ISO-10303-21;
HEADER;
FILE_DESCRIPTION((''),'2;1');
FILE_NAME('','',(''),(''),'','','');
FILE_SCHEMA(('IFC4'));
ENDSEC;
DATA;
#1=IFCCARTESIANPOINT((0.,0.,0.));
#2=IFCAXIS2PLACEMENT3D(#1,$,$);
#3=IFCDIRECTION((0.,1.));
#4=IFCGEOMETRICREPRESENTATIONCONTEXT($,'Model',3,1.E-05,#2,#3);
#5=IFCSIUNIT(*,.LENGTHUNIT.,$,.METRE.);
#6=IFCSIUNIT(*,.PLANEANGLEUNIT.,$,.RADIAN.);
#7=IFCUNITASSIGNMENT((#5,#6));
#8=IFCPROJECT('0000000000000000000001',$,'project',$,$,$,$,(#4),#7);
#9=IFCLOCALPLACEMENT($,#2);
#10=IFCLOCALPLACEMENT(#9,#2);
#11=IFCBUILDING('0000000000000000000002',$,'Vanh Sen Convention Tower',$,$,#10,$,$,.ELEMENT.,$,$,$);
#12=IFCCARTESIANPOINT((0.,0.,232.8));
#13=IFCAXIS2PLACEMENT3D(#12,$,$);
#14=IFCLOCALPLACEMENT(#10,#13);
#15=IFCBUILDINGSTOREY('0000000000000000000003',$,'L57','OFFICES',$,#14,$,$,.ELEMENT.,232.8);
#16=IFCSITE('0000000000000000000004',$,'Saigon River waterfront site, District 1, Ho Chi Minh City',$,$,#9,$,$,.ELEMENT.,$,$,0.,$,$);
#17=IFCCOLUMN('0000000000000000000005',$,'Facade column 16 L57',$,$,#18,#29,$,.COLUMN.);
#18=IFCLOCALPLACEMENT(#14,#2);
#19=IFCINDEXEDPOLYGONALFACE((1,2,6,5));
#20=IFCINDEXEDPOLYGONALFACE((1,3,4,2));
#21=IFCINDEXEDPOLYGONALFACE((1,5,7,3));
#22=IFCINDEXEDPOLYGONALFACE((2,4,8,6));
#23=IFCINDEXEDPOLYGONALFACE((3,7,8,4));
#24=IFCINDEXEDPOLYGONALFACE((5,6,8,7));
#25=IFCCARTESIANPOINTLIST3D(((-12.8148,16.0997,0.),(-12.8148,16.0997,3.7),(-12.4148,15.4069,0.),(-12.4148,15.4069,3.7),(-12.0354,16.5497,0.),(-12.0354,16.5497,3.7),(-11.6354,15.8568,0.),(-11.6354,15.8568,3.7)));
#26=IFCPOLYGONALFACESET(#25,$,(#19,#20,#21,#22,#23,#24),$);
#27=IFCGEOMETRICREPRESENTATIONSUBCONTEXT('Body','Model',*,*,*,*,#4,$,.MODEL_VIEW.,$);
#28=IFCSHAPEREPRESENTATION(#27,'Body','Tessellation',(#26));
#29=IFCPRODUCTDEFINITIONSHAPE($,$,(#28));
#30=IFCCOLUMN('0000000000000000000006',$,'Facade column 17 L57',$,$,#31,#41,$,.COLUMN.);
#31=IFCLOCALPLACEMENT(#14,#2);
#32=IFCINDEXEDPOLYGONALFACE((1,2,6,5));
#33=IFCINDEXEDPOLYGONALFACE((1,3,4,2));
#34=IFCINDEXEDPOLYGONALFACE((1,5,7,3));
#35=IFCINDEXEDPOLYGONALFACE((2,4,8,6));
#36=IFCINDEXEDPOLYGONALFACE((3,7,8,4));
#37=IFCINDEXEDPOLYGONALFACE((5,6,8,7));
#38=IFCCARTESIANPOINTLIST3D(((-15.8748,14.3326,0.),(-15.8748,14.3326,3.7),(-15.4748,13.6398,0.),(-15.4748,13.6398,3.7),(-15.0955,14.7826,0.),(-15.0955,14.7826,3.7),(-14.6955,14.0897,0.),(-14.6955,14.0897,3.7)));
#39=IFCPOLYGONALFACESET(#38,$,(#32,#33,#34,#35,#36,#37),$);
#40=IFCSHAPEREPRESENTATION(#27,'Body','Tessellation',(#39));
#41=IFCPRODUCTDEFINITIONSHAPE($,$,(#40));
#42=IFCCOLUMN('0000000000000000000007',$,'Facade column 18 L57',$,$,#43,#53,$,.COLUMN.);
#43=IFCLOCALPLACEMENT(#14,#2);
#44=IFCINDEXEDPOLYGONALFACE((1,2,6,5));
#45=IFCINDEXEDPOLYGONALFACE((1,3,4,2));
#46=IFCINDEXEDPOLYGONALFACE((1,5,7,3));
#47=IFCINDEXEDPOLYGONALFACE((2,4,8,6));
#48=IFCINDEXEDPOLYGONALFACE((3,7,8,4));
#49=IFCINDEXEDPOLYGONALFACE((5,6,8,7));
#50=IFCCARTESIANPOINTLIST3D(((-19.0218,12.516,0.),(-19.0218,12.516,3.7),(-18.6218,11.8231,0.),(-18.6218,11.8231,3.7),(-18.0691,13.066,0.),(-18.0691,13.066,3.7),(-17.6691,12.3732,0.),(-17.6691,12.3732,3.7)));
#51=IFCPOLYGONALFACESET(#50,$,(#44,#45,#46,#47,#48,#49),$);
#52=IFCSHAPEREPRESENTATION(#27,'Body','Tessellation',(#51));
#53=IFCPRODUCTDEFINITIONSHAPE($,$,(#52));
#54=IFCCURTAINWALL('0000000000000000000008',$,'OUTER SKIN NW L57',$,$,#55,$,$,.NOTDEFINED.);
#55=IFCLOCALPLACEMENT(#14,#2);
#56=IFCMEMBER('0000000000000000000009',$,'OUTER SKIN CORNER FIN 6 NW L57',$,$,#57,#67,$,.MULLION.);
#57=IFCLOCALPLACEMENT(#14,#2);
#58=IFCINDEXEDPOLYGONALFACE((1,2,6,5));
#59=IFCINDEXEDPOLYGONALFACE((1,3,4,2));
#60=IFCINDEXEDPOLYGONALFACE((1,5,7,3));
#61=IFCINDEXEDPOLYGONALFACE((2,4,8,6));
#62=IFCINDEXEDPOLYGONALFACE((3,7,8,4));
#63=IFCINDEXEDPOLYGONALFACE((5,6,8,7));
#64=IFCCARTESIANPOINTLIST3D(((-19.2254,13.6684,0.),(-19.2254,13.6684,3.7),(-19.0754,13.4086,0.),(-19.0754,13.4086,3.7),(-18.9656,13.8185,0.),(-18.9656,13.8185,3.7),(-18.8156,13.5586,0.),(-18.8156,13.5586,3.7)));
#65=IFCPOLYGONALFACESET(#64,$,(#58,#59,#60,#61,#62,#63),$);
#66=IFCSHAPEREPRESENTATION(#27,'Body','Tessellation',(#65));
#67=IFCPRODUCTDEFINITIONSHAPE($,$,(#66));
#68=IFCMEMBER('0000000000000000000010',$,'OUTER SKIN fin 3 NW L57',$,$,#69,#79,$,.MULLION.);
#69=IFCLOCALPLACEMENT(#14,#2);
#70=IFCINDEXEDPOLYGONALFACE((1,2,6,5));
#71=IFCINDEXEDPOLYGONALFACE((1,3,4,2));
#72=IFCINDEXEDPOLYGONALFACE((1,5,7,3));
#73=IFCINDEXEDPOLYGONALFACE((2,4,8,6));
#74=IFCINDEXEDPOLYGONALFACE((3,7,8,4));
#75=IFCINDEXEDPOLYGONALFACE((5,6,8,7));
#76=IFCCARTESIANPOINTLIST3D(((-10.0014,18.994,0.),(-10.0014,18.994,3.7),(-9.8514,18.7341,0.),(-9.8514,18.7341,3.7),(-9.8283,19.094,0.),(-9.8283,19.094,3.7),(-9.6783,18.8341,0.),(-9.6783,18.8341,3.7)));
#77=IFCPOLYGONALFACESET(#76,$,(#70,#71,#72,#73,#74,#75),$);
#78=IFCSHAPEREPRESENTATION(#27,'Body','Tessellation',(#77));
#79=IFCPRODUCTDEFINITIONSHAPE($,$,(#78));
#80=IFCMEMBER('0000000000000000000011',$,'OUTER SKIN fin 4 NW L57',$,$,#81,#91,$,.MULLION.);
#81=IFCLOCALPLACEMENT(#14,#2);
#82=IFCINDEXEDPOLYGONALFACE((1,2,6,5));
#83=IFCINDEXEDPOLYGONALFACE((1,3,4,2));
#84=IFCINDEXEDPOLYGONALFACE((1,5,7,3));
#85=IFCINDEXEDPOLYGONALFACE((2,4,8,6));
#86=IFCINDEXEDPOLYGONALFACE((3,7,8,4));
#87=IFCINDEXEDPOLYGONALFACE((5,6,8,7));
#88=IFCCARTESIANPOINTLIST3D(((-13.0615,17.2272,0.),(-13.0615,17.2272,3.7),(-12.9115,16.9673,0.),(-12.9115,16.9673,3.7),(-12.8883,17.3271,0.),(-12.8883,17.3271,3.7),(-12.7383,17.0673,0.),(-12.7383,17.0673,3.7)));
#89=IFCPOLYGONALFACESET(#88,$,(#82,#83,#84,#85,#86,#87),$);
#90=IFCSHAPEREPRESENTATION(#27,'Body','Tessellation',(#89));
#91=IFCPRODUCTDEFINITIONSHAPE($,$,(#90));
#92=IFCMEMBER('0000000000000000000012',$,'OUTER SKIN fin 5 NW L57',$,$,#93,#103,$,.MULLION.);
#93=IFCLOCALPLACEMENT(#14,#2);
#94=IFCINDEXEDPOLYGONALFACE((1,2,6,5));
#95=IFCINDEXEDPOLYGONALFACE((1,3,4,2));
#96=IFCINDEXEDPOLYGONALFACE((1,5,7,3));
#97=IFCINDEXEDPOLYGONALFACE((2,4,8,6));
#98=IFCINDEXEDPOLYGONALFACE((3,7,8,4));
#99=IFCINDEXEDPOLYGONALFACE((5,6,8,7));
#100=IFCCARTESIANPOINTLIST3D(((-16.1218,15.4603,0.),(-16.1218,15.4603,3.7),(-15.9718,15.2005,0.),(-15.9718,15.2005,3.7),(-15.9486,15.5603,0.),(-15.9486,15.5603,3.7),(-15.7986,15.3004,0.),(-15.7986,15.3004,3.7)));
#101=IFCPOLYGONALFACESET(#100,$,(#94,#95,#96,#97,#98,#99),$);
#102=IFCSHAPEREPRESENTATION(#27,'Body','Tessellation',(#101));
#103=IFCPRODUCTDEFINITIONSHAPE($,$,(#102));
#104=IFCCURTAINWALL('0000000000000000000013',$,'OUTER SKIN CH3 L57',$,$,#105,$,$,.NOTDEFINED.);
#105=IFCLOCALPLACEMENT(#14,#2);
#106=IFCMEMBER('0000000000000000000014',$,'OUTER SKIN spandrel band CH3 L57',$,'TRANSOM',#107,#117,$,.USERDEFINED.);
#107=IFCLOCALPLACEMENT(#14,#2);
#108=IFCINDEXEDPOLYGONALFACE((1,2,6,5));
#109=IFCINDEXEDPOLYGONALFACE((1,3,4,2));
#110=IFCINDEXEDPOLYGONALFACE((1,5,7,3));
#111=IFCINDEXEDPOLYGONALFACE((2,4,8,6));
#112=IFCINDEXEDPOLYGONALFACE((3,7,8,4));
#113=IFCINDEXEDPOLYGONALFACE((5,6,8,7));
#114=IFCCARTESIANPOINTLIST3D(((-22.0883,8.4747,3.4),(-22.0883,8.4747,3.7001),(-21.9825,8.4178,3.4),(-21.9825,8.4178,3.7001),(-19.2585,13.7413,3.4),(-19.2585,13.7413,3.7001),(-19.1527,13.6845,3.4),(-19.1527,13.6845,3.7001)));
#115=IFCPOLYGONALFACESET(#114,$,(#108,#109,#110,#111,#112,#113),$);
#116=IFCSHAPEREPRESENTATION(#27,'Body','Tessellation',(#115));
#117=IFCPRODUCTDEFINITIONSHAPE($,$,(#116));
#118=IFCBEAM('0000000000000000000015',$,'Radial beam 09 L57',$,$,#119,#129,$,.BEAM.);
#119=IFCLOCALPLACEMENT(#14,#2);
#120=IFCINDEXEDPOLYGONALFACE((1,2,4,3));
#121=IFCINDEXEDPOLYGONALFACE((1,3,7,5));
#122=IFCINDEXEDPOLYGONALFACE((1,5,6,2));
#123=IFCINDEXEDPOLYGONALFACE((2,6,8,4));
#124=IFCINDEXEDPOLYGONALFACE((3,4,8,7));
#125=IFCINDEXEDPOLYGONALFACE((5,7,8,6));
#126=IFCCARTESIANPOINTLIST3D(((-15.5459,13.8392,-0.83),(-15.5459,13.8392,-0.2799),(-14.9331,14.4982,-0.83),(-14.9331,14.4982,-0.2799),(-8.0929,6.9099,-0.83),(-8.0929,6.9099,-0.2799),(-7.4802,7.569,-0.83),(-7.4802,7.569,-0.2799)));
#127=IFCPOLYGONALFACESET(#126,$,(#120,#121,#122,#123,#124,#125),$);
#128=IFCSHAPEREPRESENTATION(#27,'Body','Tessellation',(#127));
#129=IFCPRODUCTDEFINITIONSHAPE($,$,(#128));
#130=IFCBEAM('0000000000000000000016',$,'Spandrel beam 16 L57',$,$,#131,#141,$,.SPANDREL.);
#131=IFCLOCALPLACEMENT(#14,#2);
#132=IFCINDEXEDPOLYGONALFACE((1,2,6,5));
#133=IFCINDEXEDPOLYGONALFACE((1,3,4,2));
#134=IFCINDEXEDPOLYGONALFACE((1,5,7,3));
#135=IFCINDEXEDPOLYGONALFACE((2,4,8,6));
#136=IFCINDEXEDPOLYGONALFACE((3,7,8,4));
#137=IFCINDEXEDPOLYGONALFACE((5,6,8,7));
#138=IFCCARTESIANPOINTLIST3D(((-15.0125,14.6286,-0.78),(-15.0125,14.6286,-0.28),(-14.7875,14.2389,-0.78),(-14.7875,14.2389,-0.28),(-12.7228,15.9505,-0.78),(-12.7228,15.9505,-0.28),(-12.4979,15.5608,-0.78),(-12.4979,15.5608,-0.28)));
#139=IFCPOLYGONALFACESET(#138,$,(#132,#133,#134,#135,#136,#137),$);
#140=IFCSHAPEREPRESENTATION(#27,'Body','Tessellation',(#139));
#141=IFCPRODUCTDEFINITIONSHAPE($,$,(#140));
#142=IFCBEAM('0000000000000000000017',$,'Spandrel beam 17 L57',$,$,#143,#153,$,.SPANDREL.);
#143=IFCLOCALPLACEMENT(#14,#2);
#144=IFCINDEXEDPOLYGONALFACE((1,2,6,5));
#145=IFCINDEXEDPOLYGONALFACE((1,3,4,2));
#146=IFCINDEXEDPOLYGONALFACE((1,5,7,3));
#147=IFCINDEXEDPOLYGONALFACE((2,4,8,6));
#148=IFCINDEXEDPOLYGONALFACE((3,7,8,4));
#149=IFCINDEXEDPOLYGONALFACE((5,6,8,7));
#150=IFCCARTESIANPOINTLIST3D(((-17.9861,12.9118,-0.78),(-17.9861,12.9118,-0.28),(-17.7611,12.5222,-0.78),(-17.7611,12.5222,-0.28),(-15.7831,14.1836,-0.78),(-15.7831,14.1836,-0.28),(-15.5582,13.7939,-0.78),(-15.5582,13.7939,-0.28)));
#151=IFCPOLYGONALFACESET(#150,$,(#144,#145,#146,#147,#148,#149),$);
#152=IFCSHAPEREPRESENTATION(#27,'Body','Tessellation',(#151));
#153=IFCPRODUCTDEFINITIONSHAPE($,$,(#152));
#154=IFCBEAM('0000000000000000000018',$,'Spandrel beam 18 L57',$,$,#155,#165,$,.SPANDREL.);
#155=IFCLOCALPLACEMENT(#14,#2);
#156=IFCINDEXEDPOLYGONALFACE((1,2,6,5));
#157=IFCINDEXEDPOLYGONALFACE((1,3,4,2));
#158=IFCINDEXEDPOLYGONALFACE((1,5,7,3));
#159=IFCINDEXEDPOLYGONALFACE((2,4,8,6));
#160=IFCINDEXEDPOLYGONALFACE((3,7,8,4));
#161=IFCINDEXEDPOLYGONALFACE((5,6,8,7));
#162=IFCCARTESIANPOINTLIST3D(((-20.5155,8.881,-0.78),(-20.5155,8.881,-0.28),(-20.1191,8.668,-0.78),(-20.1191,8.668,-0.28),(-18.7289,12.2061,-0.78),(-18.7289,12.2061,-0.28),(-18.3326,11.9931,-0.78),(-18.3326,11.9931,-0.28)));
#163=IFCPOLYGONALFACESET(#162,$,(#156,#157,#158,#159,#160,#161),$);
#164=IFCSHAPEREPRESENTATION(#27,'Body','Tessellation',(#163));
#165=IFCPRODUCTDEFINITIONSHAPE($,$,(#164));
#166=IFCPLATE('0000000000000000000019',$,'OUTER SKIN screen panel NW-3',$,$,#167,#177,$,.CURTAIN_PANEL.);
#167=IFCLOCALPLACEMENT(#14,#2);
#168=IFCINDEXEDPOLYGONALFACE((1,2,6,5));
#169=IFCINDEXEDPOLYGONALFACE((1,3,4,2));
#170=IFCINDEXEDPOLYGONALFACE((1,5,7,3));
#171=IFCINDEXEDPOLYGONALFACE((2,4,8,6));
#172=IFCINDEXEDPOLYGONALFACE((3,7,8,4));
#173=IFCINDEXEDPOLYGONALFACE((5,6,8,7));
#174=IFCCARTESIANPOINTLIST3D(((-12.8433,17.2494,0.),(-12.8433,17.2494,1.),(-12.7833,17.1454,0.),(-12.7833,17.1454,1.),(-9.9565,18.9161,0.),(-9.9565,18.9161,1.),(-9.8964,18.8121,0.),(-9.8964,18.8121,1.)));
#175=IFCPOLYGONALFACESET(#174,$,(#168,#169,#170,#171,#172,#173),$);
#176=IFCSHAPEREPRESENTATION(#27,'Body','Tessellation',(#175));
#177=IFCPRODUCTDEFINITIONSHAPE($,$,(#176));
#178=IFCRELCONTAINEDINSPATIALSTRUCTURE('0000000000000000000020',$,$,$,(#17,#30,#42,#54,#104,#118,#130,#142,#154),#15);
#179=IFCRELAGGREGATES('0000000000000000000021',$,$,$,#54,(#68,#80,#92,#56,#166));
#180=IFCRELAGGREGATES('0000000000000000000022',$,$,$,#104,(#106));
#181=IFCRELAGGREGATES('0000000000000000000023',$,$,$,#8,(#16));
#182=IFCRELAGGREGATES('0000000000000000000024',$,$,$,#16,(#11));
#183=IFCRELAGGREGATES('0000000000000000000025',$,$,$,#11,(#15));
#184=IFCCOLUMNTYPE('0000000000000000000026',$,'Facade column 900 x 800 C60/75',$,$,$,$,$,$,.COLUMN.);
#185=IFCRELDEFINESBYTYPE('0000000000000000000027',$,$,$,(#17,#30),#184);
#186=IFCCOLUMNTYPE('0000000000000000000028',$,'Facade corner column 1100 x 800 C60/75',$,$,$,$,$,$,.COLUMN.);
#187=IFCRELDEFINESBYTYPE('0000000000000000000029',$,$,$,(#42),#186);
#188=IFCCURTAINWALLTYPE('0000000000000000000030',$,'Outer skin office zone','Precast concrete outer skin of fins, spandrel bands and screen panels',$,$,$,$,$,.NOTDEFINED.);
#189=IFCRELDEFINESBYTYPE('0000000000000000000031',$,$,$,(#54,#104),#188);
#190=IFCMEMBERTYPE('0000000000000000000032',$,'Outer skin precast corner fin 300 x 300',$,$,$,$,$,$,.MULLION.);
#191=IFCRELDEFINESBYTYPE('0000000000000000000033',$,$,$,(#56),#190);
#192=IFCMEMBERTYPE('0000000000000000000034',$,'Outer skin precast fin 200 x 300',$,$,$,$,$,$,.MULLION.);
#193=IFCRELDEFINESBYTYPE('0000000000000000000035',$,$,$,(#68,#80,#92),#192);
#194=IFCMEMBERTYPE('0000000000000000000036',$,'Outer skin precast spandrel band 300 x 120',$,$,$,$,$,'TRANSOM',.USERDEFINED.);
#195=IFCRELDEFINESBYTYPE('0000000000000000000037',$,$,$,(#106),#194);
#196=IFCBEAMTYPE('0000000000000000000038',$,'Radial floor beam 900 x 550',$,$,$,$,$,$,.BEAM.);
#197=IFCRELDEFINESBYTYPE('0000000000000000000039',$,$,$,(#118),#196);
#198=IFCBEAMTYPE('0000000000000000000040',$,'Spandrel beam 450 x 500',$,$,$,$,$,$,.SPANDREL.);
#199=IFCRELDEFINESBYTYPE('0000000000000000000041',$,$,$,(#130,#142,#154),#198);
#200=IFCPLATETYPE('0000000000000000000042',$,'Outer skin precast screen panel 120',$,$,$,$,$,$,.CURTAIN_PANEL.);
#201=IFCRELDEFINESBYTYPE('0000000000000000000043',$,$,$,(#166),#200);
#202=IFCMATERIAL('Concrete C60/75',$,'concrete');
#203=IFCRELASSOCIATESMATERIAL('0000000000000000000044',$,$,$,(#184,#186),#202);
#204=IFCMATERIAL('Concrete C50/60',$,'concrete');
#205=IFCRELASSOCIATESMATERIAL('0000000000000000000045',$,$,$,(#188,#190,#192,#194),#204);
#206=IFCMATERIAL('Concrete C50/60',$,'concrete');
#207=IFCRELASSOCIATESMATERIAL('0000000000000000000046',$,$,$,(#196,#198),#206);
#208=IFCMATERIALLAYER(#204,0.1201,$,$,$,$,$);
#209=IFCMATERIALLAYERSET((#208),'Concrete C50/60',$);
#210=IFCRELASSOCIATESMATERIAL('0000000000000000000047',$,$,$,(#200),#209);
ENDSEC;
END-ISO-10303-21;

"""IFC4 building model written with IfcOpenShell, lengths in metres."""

from ifc_helpers import new_model, si_unit, direction, frame, origin, origin_2d, place, context, subcontext, project, spatial, rectangle, extrude, material, layer, layer_set, material_profile, profile_set, type_object, element, aggregate, save


model = new_model("IFC4")

# Units and contexts
model_context = context("Model", 3, precision=1e-05, world=origin(), true_north=direction((0.0, 1.0)))
body_context = subcontext(model_context, "Body", "Model", "MODEL_VIEW")
ifc_project = project(units=[si_unit("LENGTHUNIT", "METRE"), si_unit("PLANEANGLEUNIT", "RADIAN")], contexts=[model_context])

# Site, building, storey
site_placement = place(None, origin())
site = spatial("IfcSite", under=ifc_project, at=site_placement, Name="Saigon River waterfront site, District 1, Ho Chi Minh City", CompositionType="ELEMENT", RefElevation=0.0)
building_placement = place(site_placement, origin())
building = spatial("IfcBuilding", under=site, at=building_placement, Name="Vanh Sen Convention Tower", CompositionType="ELEMENT")
storey_placement = place(building_placement, frame((0.0, 0.0, 232.8)))
storey = spatial("IfcBuildingStorey", under=building, at=storey_placement, Name="L57", Description="OFFICES", CompositionType="ELEMENT", Elevation=232.8)

# Columns
ifc_material_1 = material(Name="Concrete C60/75", Category="concrete")
ifc_material_profile_1 = material_profile(ifc_material_1, rectangle(XDim=0.8999, YDim=0.8, at=origin_2d()), Name="RC 900X800")
ifc_profile_set_1 = profile_set([ifc_material_profile_1], Name="Concrete C60/75")
column_type_1 = type_object("IfcColumnType", Name="Facade column 900 x 800 C60/75", PredefinedType="COLUMN", material=ifc_profile_set_1)
for number, where, z_axis, x_axis, name in (
    (1, (-12.2251, 15.9783, 0.0), (0.0, 0.0, 1.0), (-0.866025, -0.5, 0.0), "Facade column 16 L57"),
    (2, (-15.2852, 14.2112, 0.0), (0.0, 0.0, 1.0), (-0.866025, -0.5, 0.0), "Facade column 17 L57"),
):
    element("IfcColumn", number, at=place(storey_placement, frame(where, z_axis=z_axis, x_axis=x_axis)), inside=storey, type_object=column_type_1, Name=name, PredefinedType="COLUMN", context=body_context, shape_type="SweptSolid", body=[
        extrude(rectangle(XDim=0.8999, YDim=0.8, at=origin_2d()), origin(), (0.0, 0.0, 1.0), 3.7),
    ])
ifc_material_profile_2 = material_profile(ifc_material_1, rectangle(XDim=1.1001, YDim=0.8, at=origin_2d()), Name="RC 1100X800")
ifc_profile_set_2 = profile_set([ifc_material_profile_2], Name="Concrete C60/75")
column_type_2 = type_object("IfcColumnType", Name="Facade corner column 1100 x 800 C60/75", PredefinedType="COLUMN", material=ifc_profile_set_2)
column_placement = place(storey_placement, frame((-18.3455, 12.4446, 0.0), z_axis=(0.0, 0.0, 1.0), x_axis=(-0.866025, -0.5, 0.0)))
element("IfcColumn", 3, at=column_placement, inside=storey, type_object=column_type_2, Name="Facade column 18 L57", PredefinedType="COLUMN", context=body_context, shape_type="SweptSolid", body=[
    extrude(rectangle(XDim=1.1001, YDim=0.8, at=origin_2d()), origin(), (0.0, 0.0, 1.0), 3.7),
])

# Curtain wall, members
ifc_material_2 = material(Name="Concrete C50/60", Category="concrete")
curtain_wall_type = type_object("IfcCurtainWallType", Name="Outer skin office zone", Description="Precast concrete outer skin of fins, spandrel bands and screen panels", PredefinedType="NOTDEFINED", material=ifc_material_2)
curtain_wall_1_placement = place(storey_placement, origin())
curtain_wall_1 = element("IfcCurtainWall", 4, at=curtain_wall_1_placement, inside=storey, type_object=curtain_wall_type, Name="OUTER SKIN NW L57", PredefinedType="NOTDEFINED")
ifc_material_profile_3 = material_profile(ifc_material_2, rectangle(XDim=0.3, YDim=0.3, at=origin_2d()), Name="Outer skin precast corner fin 300 x 300")
ifc_profile_set_3 = profile_set([ifc_material_profile_3], Name="Concrete C50/60")
member_type_1 = type_object("IfcMemberType", Name="Outer skin precast corner fin 300 x 300", PredefinedType="MULLION", material=ifc_profile_set_3)
member_1_placement = place(storey_placement, frame((-19.0205, 13.6135, 0.0), z_axis=(0.0, 0.0, 1.0), x_axis=(-0.866025, -0.5, 0.0)))
member_1 = element("IfcMember", 5, at=member_1_placement, type_object=member_type_1, Name="OUTER SKIN CORNER FIN 6 NW L57", PredefinedType="MULLION", context=body_context, shape_type="SweptSolid", body=[
    extrude(rectangle(XDim=0.3, YDim=0.3, at=origin_2d()), origin(), (0.0, 0.0, 1.0), 3.7),
])
ifc_material_profile_4 = material_profile(ifc_material_2, rectangle(XDim=0.2, YDim=0.3, at=origin_2d()), Name="Outer skin precast fin 200 x 300")
ifc_profile_set_4 = profile_set([ifc_material_profile_4], Name="Concrete C50/60")
member_type_2 = type_object("IfcMemberType", Name="Outer skin precast fin 200 x 300", PredefinedType="MULLION", material=ifc_profile_set_4)
member_2_placement = place(storey_placement, frame((-9.8398, 18.9141, 0.0), z_axis=(0.0, 0.0, 1.0), x_axis=(-0.866025, -0.5, 0.0)))
member_2 = element("IfcMember", 6, at=member_2_placement, type_object=member_type_2, Name="OUTER SKIN fin 3 NW L57", PredefinedType="MULLION", context=body_context, shape_type="SweptSolid", body=[
    extrude(rectangle(XDim=0.2, YDim=0.3, at=origin_2d()), origin(), (0.0, 0.0, 1.0), 3.7),
])
member_3_placement = place(storey_placement, frame((-12.8999, 17.1472, 0.0), z_axis=(0.0, 0.0, 1.0), x_axis=(-0.866025, -0.5, 0.0)))
member_3 = element("IfcMember", 7, at=member_3_placement, type_object=member_type_2, Name="OUTER SKIN fin 4 NW L57", PredefinedType="MULLION", context=body_context, shape_type="SweptSolid", body=[
    extrude(rectangle(XDim=0.2, YDim=0.3, at=origin_2d()), origin(), (0.0, 0.0, 1.0), 3.7),
])
member_4_placement = place(storey_placement, frame((-15.9602, 15.3804, 0.0), z_axis=(0.0, 0.0, 1.0), x_axis=(-0.866025, -0.5, 0.0)))
member_4 = element("IfcMember", 8, at=member_4_placement, type_object=member_type_2, Name="OUTER SKIN fin 5 NW L57", PredefinedType="MULLION", context=body_context, shape_type="SweptSolid", body=[
    extrude(rectangle(XDim=0.2, YDim=0.3, at=origin_2d()), origin(), (0.0, 0.0, 1.0), 3.7),
])

# Curtain wall, member
curtain_wall_2_placement = place(storey_placement, origin())
curtain_wall_2 = element("IfcCurtainWall", 9, at=curtain_wall_2_placement, inside=storey, type_object=curtain_wall_type, Name="OUTER SKIN CH3 L57", PredefinedType="NOTDEFINED")
ifc_material_profile_5 = material_profile(ifc_material_2, rectangle(XDim=0.1201, YDim=0.3, at=origin_2d()), Name="Outer skin precast spandrel band 300 x 120")
ifc_profile_set_5 = profile_set([ifc_material_profile_5], Name="Concrete C50/60")
member_type_3 = type_object("IfcMemberType", Name="Outer skin precast spandrel band 300 x 120", ElementType="TRANSOM", PredefinedType="USERDEFINED", material=ifc_profile_set_5)
member_5_placement = place(storey_placement, frame((-19.2056, 13.7129, 3.55), z_axis=(-0.473318, -0.880892, 0.0), x_axis=(0.880892, -0.473318, 0.0)))
member_5 = element("IfcMember", 10, at=member_5_placement, type_object=member_type_3, Name="OUTER SKIN spandrel band CH3 L57", ObjectType="TRANSOM", PredefinedType="USERDEFINED", context=body_context, shape_type="SweptSolid", body=[
    extrude(rectangle(XDim=0.1201, YDim=0.3, at=origin_2d()), origin(), (0.0, 0.0, 1.0), 5.9788),
])

# Beams
ifc_material_3 = material(Name="Concrete C50/60", Category="concrete")
ifc_material_profile_6 = material_profile(ifc_material_3, rectangle(XDim=0.8999, YDim=0.55, at=origin_2d()), Name="RC 900X550")
ifc_profile_set_6 = profile_set([ifc_material_profile_6], Name="Concrete C50/60")
beam_type_1 = type_object("IfcBeamType", Name="Radial floor beam 900 x 550", PredefinedType="BEAM", material=ifc_profile_set_6)
beam_1_placement = place(storey_placement, frame((-15.2395, 14.1687, -0.5549), z_axis=(0.732369, -0.680908, 0.0), x_axis=(0.680908, 0.732369, 0.0)))
element("IfcBeam", 11, at=beam_1_placement, inside=storey, type_object=beam_type_1, Name="Radial beam 09 L57", PredefinedType="BEAM", context=body_context, shape_type="SweptSolid", body=[
    extrude(rectangle(XDim=0.8999, YDim=0.55, at=origin_2d()), origin(), (0.0, 0.0, 1.0), 10.1765),
])
ifc_material_profile_7 = material_profile(ifc_material_3, rectangle(XDim=0.45, YDim=0.5, at=origin_2d()), Name="RC 450X500")
ifc_profile_set_7 = profile_set([ifc_material_profile_7], Name="Concrete C50/60")
beam_type_2 = type_object("IfcBeamType", Name="Spandrel beam 450 x 500", PredefinedType="SPANDREL", material=ifc_profile_set_7)
beam_2_placement = place(storey_placement, frame((-12.6104, 15.7556, -0.53), z_axis=(-0.866041, -0.499973, 0.0), x_axis=(0.499973, -0.866041, 0.0)))
element("IfcBeam", 12, at=beam_2_placement, inside=storey, type_object=beam_type_2, Name="Spandrel beam 16 L57", PredefinedType="SPANDREL", context=body_context, shape_type="SweptSolid", body=[
    extrude(rectangle(XDim=0.45, YDim=0.5, at=origin_2d()), origin(), (0.0, 0.0, 1.0), 2.6438),
])
beam_3_placement = place(storey_placement, frame((-15.6707, 13.9888, -0.53), z_axis=(-0.866043, -0.499969, 0.0), x_axis=(0.499969, -0.866043, 0.0)))
element("IfcBeam", 13, at=beam_3_placement, inside=storey, type_object=beam_type_2, Name="Spandrel beam 17 L57", PredefinedType="SPANDREL", context=body_context, shape_type="SweptSolid", body=[
    extrude(rectangle(XDim=0.45, YDim=0.5, at=origin_2d()), origin(), (0.0, 0.0, 1.0), 2.5437),
])
beam_4_placement = place(storey_placement, frame((-18.5308, 12.0996, -0.53), z_axis=(-0.473305, -0.880899, 0.0), x_axis=(0.880899, -0.473305, 0.0)))
element("IfcBeam", 14, at=beam_4_placement, inside=storey, type_object=beam_type_2, Name="Spandrel beam 18 L57", PredefinedType="SPANDREL", context=body_context, shape_type="SweptSolid", body=[
    extrude(rectangle(XDim=0.45, YDim=0.5, at=origin_2d()), origin(), (0.0, 0.0, 1.0), 3.7747),
])

# Plate
ifc_layer_1 = layer(ifc_material_2, 0.1201)
ifc_layer_set_1 = layer_set([ifc_layer_1], Name="Concrete C50/60")
plate_type = type_object("IfcPlateType", Name="Outer skin precast screen panel 120", PredefinedType="CURTAIN_PANEL", material=ifc_layer_set_1)
plate_1_placement = place(storey_placement, frame((-11.3699, 18.0308, 0.0), z_axis=(0.0, 0.0, 1.0), x_axis=(-0.866026, -0.499998, 0.0)))
plate_1 = element("IfcPlate", 15, at=plate_1_placement, type_object=plate_type, Name="OUTER SKIN screen panel NW-3", PredefinedType="CURTAIN_PANEL", context=body_context, shape_type="SweptSolid", body=[
    extrude(rectangle(XDim=3.3335, YDim=0.1201, at=origin_2d()), origin(), (0.0, 0.0, 1.0), 1.0),
])
aggregate(curtain_wall_1, [member_2, member_3, member_4, member_1, plate_1])
aggregate(curtain_wall_2, [member_5])

save(model, "model.ifc")
